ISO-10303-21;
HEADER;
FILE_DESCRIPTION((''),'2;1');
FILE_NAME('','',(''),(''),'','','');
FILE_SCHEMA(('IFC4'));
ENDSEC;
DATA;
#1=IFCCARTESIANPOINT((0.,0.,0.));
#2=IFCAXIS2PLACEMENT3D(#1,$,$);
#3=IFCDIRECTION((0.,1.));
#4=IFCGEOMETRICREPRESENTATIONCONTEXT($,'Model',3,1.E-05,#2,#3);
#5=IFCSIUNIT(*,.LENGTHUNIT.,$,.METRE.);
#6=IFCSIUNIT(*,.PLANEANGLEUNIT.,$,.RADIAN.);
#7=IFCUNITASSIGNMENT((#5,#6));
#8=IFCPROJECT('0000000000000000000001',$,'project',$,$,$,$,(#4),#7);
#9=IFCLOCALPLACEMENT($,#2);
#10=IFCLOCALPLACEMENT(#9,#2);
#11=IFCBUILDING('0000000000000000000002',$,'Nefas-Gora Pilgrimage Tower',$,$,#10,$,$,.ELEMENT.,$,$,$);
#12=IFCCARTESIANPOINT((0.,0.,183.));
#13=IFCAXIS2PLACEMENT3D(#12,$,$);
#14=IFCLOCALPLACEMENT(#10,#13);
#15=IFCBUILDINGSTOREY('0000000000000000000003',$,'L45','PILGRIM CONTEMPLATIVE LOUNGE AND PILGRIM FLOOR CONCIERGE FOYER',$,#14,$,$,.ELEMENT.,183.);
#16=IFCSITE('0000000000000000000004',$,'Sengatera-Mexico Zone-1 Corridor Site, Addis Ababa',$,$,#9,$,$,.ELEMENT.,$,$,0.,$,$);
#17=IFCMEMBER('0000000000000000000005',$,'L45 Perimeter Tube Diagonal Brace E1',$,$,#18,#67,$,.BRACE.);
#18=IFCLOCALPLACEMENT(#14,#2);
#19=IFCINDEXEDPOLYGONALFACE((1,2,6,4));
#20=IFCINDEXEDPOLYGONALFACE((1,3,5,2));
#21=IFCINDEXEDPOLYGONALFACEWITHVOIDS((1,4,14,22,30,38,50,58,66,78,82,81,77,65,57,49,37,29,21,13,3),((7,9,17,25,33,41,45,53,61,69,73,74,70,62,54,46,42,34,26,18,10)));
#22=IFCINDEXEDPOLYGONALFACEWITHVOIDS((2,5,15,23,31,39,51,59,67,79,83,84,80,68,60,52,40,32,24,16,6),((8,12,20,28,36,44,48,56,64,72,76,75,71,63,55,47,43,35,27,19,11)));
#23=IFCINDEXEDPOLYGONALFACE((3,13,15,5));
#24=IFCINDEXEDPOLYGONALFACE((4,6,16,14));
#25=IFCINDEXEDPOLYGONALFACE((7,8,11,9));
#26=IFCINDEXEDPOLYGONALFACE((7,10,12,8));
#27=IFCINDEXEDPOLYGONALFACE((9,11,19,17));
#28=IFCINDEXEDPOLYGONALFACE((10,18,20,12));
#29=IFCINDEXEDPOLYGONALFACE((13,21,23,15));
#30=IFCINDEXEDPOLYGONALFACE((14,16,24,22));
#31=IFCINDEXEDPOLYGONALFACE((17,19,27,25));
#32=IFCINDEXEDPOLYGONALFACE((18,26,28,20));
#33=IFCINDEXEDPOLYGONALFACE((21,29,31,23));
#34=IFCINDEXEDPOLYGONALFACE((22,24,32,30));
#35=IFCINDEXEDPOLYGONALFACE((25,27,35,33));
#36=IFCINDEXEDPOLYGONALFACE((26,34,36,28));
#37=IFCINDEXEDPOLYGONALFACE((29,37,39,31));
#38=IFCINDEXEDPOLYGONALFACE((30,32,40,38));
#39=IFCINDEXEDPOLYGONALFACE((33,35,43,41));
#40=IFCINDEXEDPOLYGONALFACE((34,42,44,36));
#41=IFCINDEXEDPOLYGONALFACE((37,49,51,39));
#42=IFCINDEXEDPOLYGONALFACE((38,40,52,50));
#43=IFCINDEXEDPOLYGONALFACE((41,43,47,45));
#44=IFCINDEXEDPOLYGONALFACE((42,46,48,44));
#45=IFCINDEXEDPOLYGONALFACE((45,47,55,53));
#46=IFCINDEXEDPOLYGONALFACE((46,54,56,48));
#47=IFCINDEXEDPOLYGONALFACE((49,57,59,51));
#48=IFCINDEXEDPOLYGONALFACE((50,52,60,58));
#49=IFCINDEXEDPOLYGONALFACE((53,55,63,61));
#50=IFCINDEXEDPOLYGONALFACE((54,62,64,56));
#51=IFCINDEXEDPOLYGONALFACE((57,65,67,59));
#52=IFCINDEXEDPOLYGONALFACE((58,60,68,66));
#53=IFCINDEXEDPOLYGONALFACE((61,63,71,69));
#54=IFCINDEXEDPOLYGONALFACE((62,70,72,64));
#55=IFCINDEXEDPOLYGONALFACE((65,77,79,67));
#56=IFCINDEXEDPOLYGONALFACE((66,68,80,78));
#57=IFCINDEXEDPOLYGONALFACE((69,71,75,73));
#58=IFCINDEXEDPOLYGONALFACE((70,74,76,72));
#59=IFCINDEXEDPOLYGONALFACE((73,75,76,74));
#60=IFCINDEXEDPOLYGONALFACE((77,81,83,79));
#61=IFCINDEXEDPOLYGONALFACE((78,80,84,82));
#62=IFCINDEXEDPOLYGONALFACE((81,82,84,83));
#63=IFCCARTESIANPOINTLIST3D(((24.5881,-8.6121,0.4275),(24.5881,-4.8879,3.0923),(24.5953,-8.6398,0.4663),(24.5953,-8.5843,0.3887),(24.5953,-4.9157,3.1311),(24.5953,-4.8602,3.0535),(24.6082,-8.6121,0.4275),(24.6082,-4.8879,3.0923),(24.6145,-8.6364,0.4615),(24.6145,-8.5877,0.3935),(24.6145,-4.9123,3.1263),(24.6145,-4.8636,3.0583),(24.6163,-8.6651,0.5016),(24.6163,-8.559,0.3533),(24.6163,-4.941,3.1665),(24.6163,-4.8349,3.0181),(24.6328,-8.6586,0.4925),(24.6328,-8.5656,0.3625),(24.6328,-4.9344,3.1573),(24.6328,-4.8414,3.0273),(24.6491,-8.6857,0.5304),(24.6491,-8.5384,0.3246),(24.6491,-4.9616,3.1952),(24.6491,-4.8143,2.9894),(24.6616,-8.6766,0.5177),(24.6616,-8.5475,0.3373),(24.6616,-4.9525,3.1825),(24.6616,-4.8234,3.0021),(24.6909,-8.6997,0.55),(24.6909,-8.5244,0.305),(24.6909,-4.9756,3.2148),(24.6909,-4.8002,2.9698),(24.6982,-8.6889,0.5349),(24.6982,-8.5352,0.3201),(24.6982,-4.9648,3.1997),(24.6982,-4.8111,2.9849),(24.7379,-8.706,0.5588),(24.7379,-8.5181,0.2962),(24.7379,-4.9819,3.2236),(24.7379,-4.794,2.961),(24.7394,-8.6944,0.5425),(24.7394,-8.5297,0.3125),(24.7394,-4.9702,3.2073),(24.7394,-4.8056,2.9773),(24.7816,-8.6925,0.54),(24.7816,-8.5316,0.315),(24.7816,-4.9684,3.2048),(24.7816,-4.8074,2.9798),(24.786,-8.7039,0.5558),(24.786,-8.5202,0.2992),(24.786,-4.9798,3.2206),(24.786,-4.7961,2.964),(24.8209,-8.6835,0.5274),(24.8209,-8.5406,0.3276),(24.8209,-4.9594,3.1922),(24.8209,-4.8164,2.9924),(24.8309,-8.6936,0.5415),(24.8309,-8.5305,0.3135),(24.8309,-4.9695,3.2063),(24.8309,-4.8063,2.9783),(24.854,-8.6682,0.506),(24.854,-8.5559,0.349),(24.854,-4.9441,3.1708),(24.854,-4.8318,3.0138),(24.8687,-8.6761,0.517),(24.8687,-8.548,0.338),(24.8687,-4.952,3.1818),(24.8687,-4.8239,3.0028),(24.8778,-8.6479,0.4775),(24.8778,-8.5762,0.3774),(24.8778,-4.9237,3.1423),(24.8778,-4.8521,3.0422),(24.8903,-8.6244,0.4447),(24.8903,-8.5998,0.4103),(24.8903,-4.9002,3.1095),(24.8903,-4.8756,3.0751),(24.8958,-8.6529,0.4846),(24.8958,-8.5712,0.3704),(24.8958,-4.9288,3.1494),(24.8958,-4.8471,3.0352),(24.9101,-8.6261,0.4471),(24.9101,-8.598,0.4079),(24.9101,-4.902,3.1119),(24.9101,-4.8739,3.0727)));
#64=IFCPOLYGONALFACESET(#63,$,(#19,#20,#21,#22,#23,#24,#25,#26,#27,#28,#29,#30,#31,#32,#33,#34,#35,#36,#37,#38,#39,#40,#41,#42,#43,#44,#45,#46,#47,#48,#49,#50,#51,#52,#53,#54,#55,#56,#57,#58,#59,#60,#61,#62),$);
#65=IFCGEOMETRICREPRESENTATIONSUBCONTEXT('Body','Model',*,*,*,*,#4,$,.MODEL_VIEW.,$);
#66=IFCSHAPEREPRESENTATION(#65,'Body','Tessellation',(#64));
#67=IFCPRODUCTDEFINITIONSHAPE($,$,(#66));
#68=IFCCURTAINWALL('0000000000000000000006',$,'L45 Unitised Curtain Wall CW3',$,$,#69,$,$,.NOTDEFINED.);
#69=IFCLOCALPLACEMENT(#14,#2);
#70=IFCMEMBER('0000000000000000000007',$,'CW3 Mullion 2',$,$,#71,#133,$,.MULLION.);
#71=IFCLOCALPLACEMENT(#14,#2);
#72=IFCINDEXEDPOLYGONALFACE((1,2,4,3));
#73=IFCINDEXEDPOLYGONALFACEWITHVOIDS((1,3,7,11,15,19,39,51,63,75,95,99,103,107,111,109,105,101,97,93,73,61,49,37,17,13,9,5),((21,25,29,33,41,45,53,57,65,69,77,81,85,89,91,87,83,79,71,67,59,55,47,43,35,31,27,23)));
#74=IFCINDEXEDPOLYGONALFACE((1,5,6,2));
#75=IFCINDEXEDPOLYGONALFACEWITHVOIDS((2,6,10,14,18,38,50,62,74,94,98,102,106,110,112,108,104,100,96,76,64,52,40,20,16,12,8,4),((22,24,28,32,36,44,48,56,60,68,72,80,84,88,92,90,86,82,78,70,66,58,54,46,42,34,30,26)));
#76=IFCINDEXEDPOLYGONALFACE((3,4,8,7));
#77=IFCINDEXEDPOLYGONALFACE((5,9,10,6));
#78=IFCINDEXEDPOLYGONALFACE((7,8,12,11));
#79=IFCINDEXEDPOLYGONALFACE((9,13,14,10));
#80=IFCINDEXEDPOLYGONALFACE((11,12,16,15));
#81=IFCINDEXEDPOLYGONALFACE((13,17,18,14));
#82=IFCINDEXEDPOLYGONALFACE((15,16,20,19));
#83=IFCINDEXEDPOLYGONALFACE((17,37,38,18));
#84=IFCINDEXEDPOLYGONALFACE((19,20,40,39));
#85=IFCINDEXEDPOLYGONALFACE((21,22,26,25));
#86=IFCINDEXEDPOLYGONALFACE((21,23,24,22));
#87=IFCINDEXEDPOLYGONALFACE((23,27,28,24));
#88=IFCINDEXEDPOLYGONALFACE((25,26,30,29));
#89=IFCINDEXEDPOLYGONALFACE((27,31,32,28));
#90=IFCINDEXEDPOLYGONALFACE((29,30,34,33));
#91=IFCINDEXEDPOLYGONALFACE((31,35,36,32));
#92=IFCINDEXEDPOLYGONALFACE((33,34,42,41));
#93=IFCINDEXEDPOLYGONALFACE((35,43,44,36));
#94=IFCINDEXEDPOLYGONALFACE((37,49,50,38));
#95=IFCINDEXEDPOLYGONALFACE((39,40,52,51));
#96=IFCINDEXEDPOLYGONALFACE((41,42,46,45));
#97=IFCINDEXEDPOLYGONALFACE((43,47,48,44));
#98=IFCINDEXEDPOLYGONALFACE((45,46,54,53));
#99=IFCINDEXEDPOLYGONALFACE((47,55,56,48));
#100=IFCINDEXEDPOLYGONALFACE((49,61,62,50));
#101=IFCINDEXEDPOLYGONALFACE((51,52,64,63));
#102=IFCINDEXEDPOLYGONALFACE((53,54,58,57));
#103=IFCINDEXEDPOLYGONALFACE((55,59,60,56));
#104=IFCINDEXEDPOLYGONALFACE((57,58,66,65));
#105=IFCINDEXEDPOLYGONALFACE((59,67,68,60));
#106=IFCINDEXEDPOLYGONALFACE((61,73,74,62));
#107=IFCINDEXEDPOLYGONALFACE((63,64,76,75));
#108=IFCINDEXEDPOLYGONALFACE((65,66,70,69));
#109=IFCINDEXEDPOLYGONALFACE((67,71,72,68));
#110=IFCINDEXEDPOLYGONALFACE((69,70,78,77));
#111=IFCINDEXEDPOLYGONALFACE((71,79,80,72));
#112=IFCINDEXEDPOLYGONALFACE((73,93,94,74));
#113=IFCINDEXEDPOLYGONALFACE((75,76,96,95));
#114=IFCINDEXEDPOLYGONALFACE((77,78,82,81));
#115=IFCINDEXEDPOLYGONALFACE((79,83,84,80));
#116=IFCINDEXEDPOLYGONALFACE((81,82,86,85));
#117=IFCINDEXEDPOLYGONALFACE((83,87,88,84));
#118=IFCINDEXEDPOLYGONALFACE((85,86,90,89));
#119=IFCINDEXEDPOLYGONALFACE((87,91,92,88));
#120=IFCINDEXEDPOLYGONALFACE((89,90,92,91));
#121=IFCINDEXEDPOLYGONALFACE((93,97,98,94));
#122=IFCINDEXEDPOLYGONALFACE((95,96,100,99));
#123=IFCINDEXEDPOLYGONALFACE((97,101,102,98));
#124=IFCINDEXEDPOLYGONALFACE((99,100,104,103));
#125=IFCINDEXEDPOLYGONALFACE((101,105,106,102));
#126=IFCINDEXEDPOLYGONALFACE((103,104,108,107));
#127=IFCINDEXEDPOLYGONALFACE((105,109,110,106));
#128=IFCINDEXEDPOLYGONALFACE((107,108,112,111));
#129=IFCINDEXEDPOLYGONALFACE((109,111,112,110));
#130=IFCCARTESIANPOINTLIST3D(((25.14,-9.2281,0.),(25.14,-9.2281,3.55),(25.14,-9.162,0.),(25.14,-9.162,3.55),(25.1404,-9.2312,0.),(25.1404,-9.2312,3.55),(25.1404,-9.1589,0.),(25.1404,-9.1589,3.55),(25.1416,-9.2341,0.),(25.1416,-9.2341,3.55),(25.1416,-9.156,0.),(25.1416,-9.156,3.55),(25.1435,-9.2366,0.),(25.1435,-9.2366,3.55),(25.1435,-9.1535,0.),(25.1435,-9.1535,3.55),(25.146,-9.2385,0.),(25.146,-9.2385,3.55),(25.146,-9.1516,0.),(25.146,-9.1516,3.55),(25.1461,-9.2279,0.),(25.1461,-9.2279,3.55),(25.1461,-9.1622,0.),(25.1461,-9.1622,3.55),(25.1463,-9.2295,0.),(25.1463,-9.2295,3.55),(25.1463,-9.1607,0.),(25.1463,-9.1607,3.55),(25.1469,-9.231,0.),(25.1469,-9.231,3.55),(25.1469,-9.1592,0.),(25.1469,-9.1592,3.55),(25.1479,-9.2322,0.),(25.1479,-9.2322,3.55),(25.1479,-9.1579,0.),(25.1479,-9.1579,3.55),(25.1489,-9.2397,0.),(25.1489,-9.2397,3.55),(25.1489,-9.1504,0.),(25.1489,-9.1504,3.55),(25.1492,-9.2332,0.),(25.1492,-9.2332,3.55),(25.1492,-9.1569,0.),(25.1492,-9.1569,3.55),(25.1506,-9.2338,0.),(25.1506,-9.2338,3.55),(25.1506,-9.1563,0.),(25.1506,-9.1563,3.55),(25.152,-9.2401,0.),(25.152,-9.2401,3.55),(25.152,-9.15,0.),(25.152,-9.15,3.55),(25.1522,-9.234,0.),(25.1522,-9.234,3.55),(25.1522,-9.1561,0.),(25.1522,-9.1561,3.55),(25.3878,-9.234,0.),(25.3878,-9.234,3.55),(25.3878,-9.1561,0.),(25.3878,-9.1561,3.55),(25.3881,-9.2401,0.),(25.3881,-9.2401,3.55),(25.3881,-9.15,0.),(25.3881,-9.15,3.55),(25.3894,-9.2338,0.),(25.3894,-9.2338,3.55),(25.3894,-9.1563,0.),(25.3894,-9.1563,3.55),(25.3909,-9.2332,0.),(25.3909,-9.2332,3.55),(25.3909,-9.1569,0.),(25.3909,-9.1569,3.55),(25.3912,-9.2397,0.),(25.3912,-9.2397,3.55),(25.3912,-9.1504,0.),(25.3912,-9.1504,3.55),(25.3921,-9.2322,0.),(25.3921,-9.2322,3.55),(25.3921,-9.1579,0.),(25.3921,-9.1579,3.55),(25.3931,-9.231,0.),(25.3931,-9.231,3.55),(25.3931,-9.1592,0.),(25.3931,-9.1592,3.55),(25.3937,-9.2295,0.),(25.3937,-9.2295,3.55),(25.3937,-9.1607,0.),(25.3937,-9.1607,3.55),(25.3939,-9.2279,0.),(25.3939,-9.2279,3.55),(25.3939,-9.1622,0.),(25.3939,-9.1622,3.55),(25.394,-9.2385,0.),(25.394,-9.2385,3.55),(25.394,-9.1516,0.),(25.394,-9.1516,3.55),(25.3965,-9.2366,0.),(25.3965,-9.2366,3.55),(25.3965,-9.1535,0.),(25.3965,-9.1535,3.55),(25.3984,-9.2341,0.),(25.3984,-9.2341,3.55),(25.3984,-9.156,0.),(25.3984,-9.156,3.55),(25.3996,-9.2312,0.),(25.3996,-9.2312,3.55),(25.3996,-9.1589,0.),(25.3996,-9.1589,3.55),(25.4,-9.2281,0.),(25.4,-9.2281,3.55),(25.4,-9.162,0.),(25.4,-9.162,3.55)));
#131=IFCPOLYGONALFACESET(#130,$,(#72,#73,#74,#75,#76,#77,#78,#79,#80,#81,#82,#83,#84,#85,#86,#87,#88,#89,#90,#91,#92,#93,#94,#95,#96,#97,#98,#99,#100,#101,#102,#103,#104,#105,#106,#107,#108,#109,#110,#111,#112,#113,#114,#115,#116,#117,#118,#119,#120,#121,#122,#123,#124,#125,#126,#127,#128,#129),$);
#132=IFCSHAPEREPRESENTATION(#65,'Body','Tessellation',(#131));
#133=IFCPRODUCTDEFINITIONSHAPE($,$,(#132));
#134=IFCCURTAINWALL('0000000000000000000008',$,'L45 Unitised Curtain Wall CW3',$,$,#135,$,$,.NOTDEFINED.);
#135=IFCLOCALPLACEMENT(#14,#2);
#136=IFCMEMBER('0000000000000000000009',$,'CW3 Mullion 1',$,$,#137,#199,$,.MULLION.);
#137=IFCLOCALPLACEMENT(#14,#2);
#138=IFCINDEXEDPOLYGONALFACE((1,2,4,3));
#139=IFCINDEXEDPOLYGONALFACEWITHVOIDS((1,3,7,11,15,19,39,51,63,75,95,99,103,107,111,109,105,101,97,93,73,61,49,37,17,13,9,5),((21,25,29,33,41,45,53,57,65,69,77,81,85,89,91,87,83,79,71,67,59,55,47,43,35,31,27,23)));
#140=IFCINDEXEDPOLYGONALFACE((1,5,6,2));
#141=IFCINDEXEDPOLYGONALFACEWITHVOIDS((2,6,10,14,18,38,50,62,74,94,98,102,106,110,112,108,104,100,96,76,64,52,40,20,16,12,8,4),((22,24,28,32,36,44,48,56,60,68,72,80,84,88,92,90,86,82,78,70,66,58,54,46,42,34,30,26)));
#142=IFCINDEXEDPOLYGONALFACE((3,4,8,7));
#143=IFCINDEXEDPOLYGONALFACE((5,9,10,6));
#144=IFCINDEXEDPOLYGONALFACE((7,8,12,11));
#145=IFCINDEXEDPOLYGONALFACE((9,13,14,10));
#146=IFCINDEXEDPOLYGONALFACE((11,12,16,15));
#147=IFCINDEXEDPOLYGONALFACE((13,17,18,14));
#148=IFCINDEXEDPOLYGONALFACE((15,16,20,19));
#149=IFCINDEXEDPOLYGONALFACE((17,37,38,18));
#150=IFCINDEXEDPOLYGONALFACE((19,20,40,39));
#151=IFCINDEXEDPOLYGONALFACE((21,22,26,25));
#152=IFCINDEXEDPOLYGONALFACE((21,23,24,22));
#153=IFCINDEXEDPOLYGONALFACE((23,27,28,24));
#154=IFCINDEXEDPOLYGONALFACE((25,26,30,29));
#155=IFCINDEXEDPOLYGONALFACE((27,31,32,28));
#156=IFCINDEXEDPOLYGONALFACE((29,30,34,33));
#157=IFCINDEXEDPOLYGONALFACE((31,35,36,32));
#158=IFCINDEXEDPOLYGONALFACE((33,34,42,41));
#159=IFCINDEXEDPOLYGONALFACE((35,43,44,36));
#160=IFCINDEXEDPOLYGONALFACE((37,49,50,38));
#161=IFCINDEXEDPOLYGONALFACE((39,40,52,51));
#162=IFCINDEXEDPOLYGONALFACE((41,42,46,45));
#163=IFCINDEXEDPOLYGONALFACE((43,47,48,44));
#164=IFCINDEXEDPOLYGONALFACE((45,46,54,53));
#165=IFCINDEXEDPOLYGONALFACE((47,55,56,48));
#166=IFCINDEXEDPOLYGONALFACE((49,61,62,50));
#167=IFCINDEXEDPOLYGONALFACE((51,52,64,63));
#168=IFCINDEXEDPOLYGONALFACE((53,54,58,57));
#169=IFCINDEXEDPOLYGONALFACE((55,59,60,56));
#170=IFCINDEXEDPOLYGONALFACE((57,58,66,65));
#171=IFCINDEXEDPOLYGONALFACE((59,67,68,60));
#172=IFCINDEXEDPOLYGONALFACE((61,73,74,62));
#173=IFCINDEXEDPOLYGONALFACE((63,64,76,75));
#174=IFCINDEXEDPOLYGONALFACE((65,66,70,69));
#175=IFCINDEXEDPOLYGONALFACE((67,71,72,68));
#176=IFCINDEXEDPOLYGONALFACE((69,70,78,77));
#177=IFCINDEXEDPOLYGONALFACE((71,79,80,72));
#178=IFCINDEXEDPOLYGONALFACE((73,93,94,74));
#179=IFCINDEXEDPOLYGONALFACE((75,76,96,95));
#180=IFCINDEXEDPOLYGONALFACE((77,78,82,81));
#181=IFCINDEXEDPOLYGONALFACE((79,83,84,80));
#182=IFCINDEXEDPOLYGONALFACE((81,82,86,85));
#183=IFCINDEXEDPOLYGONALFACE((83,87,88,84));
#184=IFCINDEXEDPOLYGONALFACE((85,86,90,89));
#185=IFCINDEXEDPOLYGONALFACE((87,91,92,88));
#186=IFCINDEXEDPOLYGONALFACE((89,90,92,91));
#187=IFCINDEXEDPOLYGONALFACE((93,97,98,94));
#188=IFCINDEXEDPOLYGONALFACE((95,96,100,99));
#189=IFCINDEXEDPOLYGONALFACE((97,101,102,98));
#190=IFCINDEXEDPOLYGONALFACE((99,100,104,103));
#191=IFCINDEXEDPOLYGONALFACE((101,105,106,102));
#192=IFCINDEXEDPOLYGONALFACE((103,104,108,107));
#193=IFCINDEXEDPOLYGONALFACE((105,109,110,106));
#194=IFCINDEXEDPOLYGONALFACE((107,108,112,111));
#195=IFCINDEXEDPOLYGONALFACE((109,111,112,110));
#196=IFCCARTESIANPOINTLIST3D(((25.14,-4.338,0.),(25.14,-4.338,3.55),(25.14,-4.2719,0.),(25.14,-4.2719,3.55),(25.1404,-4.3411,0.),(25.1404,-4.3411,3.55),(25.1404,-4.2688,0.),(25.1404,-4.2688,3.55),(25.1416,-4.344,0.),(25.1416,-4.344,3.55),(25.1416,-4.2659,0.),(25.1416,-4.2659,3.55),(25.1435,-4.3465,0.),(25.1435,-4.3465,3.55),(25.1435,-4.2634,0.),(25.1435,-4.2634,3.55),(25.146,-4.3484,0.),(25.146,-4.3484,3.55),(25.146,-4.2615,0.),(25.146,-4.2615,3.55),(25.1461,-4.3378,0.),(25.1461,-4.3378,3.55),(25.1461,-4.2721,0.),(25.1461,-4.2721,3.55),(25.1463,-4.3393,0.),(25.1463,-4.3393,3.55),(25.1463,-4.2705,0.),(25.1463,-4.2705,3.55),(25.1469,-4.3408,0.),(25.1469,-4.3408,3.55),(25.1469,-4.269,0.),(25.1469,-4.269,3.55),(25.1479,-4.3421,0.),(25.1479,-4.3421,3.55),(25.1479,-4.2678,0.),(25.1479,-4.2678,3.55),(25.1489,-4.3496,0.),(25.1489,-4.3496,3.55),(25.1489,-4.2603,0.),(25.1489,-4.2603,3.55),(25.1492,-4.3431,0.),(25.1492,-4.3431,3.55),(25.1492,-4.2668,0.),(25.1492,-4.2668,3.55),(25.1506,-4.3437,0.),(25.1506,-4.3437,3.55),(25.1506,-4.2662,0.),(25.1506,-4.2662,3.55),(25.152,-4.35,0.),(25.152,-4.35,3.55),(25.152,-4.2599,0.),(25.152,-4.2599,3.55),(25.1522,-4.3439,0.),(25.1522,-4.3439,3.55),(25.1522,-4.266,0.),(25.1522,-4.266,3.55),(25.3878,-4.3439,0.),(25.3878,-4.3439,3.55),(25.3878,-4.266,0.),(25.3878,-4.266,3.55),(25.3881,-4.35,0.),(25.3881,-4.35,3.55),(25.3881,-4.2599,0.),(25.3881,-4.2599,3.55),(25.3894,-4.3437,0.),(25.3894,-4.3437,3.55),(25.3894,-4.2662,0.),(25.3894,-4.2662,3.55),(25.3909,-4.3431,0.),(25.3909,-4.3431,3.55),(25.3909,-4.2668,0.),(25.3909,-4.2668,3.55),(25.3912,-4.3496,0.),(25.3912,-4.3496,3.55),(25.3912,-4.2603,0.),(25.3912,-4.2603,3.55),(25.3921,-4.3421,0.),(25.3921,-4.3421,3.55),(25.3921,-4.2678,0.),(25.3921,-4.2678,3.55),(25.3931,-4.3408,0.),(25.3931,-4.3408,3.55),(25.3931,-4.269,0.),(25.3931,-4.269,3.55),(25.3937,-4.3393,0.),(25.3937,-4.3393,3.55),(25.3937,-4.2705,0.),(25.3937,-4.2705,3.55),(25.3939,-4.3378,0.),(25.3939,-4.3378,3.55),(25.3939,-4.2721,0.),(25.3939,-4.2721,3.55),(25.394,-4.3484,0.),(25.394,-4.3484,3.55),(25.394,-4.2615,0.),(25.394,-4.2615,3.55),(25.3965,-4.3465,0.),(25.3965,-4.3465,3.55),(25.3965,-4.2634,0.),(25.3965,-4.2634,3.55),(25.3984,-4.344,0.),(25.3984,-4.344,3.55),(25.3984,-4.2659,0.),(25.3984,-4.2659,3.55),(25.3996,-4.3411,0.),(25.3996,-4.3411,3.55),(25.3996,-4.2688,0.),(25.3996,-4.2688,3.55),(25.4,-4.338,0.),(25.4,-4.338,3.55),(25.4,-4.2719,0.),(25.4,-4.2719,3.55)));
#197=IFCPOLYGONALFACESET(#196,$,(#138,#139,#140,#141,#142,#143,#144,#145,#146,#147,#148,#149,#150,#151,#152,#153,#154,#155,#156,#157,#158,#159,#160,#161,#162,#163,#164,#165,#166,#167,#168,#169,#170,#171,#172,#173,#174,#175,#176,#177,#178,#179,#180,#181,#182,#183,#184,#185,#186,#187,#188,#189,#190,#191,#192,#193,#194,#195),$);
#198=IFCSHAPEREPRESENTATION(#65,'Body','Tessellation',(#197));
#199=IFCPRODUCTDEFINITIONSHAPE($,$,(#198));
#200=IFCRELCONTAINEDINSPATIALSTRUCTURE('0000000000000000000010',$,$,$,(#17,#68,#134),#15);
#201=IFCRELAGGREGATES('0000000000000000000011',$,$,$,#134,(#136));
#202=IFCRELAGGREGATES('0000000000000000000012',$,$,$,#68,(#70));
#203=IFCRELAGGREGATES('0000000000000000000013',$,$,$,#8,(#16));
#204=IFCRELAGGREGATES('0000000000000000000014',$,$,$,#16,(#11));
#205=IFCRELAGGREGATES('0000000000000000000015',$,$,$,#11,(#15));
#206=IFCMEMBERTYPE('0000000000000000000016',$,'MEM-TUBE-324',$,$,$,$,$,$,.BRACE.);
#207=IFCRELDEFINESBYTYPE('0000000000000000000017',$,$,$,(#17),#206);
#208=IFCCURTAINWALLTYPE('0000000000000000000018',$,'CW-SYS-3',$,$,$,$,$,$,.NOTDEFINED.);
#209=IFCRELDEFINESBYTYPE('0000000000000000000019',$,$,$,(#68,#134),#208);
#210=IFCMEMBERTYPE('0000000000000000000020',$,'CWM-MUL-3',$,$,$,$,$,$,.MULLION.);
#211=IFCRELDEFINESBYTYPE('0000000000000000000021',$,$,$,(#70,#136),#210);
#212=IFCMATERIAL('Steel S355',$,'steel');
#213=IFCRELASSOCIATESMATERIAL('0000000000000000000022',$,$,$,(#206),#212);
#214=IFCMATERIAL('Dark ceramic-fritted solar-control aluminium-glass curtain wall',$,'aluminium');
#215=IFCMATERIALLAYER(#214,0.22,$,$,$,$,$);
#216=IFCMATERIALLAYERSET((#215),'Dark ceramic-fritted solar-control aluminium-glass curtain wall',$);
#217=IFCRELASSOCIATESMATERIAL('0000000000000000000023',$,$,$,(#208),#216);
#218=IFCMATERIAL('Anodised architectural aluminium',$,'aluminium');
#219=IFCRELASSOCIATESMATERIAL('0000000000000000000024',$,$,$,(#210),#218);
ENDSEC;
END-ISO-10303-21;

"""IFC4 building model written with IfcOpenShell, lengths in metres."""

from ifc_helpers import new_model, si_unit, direction, frame, origin, origin_2d, place, context, subcontext, project, spatial, hollow_rectangle, hollow_circle, extrude, source, transform, mapped, material, layer, layer_set, material_profile, profile_set, type_object, element, aggregate, save


model = new_model("IFC4")

# Units and contexts
model_context = context("Model", 3, precision=1e-05, world=origin(), true_north=direction((0.0, 1.0)))
body_context = subcontext(model_context, "Body", "Model", "MODEL_VIEW")
ifc_project = project(units=[si_unit("LENGTHUNIT", "METRE"), si_unit("PLANEANGLEUNIT", "RADIAN")], contexts=[model_context])

# Site, building, storey
site_placement = place(None, origin())
site = spatial("IfcSite", under=ifc_project, at=site_placement, Name="Sengatera-Mexico Zone-1 Corridor Site, Addis Ababa", CompositionType="ELEMENT", RefElevation=0.0)
building_placement = place(site_placement, origin())
building = spatial("IfcBuilding", under=site, at=building_placement, Name="Nefas-Gora Pilgrimage Tower", CompositionType="ELEMENT")
storey_placement = place(building_placement, frame((0.0, 0.0, 183.0)))
storey = spatial("IfcBuildingStorey", under=building, at=storey_placement, Name="L45", Description="PILGRIM CONTEMPLATIVE LOUNGE AND PILGRIM FLOOR CONCIERGE FOYER", CompositionType="ELEMENT", Elevation=183.0)

# Shared definitions
ifc_material_1 = material(Name="Steel S355", Category="steel")

# Member
ifc_material_profile_1 = material_profile(ifc_material_1, hollow_circle(Radius=0.1619, WallThickness=0.02, at=origin_2d()), Name="CHS 323.9x20")
ifc_profile_set_1 = profile_set([ifc_material_profile_1], Name="Steel S355")
member_type_1 = type_object("IfcMemberType", Name="MEM-TUBE-324", PredefinedType="BRACE", material=ifc_profile_set_1)
shared_shape_1 = source(origin(), body_context, "Body", "SweptSolid", [
    extrude(hollow_circle(Radius=0.1619, WallThickness=0.02, at=origin_2d()), origin(), (0.0, 0.0, 1.0), 4.5793),
])
member_1_placement = place(storey_placement, frame((24.75, -8.6121, 0.4275), z_axis=(0.0, 0.813247, 0.581919), x_axis=(-1.0, 0.0, 0.0)))
element("IfcMember", 1, at=member_1_placement, inside=storey, type_object=member_type_1, Name="L45 Perimeter Tube Diagonal Brace E1", PredefinedType="BRACE", context=body_context, shape_type="MappedRepresentation", body=[
    mapped(shared_shape_1, transform((0.0, 0.0, 0.0), x_axis=(1.0, 0.0, 0.0), y_axis=(0.0, 1.0, 0.0), z_axis=(0.0, 0.0, 1.0), scale=1.0)),
])

# Curtain wall, member
ifc_material_2 = material(Name="Dark ceramic-fritted solar-control aluminium-glass curtain wall", Category="aluminium")
ifc_layer_1 = layer(ifc_material_2, 0.22)
ifc_layer_set_1 = layer_set([ifc_layer_1], Name="Dark ceramic-fritted solar-control aluminium-glass curtain wall")
curtain_wall_type = type_object("IfcCurtainWallType", Name="CW-SYS-3", PredefinedType="NOTDEFINED", material=ifc_layer_set_1)
curtain_wall_1_placement = place(storey_placement, origin())
curtain_wall_1 = element("IfcCurtainWall", 2, at=curtain_wall_1_placement, inside=storey, type_object=curtain_wall_type, Name="L45 Unitised Curtain Wall CW3", PredefinedType="NOTDEFINED")
ifc_material_3 = material(Name="Anodised architectural aluminium", Category="aluminium")
ifc_material_profile_2 = material_profile(ifc_material_3, hollow_rectangle(XDim=0.0901, YDim=0.26, WallThickness=0.0061, InnerFilletRadius=0.0061, OuterFilletRadius=0.012, at=origin_2d()), Name="ALU MULLION 90x260")
ifc_profile_set_2 = profile_set([ifc_material_profile_2], Name="Anodised architectural aluminium")
member_type_2 = type_object("IfcMemberType", Name="CWM-MUL-3", PredefinedType="MULLION", material=ifc_profile_set_2)
shared_shape_2 = source(origin(), body_context, "Body", "SweptSolid", [
    extrude(hollow_rectangle(XDim=0.0901, YDim=0.26, WallThickness=0.0061, InnerFilletRadius=0.0061, OuterFilletRadius=0.012, at=origin_2d()), origin(), (0.0, 0.0, 1.0), 3.55),
])
member_2_placement = place(storey_placement, frame((25.27, -9.1951, 0.0), z_axis=(0.0, 0.0, 1.0), x_axis=(0.0, 1.0, 0.0)))
member_2 = element("IfcMember", 3, at=member_2_placement, type_object=member_type_2, Name="CW3 Mullion 2", PredefinedType="MULLION", context=body_context, shape_type="MappedRepresentation", body=[
    mapped(shared_shape_2, transform((0.0, 0.0, 0.0), x_axis=(1.0, 0.0, 0.0), y_axis=(0.0, 1.0, 0.0), z_axis=(0.0, 0.0, 1.0), scale=1.0)),
])

# Curtain wall, member
curtain_wall_2_placement = place(storey_placement, origin())
curtain_wall_2 = element("IfcCurtainWall", 4, at=curtain_wall_2_placement, inside=storey, type_object=curtain_wall_type, Name="L45 Unitised Curtain Wall CW3", PredefinedType="NOTDEFINED")
member_3_placement = place(storey_placement, frame((25.27, -4.3049, 0.0), z_axis=(0.0, 0.0, 1.0), x_axis=(0.0, 1.0, 0.0)))
member_3 = element("IfcMember", 5, at=member_3_placement, type_object=member_type_2, Name="CW3 Mullion 1", PredefinedType="MULLION", context=body_context, shape_type="MappedRepresentation", body=[
    mapped(shared_shape_2, transform((0.0, 0.0, 0.0), x_axis=(1.0, 0.0, 0.0), y_axis=(0.0, 1.0, 0.0), z_axis=(0.0, 0.0, 1.0), scale=1.0)),
])
aggregate(curtain_wall_2, [member_3])

aggregate(curtain_wall_1, [member_2])

save(model, "model.ifc")
